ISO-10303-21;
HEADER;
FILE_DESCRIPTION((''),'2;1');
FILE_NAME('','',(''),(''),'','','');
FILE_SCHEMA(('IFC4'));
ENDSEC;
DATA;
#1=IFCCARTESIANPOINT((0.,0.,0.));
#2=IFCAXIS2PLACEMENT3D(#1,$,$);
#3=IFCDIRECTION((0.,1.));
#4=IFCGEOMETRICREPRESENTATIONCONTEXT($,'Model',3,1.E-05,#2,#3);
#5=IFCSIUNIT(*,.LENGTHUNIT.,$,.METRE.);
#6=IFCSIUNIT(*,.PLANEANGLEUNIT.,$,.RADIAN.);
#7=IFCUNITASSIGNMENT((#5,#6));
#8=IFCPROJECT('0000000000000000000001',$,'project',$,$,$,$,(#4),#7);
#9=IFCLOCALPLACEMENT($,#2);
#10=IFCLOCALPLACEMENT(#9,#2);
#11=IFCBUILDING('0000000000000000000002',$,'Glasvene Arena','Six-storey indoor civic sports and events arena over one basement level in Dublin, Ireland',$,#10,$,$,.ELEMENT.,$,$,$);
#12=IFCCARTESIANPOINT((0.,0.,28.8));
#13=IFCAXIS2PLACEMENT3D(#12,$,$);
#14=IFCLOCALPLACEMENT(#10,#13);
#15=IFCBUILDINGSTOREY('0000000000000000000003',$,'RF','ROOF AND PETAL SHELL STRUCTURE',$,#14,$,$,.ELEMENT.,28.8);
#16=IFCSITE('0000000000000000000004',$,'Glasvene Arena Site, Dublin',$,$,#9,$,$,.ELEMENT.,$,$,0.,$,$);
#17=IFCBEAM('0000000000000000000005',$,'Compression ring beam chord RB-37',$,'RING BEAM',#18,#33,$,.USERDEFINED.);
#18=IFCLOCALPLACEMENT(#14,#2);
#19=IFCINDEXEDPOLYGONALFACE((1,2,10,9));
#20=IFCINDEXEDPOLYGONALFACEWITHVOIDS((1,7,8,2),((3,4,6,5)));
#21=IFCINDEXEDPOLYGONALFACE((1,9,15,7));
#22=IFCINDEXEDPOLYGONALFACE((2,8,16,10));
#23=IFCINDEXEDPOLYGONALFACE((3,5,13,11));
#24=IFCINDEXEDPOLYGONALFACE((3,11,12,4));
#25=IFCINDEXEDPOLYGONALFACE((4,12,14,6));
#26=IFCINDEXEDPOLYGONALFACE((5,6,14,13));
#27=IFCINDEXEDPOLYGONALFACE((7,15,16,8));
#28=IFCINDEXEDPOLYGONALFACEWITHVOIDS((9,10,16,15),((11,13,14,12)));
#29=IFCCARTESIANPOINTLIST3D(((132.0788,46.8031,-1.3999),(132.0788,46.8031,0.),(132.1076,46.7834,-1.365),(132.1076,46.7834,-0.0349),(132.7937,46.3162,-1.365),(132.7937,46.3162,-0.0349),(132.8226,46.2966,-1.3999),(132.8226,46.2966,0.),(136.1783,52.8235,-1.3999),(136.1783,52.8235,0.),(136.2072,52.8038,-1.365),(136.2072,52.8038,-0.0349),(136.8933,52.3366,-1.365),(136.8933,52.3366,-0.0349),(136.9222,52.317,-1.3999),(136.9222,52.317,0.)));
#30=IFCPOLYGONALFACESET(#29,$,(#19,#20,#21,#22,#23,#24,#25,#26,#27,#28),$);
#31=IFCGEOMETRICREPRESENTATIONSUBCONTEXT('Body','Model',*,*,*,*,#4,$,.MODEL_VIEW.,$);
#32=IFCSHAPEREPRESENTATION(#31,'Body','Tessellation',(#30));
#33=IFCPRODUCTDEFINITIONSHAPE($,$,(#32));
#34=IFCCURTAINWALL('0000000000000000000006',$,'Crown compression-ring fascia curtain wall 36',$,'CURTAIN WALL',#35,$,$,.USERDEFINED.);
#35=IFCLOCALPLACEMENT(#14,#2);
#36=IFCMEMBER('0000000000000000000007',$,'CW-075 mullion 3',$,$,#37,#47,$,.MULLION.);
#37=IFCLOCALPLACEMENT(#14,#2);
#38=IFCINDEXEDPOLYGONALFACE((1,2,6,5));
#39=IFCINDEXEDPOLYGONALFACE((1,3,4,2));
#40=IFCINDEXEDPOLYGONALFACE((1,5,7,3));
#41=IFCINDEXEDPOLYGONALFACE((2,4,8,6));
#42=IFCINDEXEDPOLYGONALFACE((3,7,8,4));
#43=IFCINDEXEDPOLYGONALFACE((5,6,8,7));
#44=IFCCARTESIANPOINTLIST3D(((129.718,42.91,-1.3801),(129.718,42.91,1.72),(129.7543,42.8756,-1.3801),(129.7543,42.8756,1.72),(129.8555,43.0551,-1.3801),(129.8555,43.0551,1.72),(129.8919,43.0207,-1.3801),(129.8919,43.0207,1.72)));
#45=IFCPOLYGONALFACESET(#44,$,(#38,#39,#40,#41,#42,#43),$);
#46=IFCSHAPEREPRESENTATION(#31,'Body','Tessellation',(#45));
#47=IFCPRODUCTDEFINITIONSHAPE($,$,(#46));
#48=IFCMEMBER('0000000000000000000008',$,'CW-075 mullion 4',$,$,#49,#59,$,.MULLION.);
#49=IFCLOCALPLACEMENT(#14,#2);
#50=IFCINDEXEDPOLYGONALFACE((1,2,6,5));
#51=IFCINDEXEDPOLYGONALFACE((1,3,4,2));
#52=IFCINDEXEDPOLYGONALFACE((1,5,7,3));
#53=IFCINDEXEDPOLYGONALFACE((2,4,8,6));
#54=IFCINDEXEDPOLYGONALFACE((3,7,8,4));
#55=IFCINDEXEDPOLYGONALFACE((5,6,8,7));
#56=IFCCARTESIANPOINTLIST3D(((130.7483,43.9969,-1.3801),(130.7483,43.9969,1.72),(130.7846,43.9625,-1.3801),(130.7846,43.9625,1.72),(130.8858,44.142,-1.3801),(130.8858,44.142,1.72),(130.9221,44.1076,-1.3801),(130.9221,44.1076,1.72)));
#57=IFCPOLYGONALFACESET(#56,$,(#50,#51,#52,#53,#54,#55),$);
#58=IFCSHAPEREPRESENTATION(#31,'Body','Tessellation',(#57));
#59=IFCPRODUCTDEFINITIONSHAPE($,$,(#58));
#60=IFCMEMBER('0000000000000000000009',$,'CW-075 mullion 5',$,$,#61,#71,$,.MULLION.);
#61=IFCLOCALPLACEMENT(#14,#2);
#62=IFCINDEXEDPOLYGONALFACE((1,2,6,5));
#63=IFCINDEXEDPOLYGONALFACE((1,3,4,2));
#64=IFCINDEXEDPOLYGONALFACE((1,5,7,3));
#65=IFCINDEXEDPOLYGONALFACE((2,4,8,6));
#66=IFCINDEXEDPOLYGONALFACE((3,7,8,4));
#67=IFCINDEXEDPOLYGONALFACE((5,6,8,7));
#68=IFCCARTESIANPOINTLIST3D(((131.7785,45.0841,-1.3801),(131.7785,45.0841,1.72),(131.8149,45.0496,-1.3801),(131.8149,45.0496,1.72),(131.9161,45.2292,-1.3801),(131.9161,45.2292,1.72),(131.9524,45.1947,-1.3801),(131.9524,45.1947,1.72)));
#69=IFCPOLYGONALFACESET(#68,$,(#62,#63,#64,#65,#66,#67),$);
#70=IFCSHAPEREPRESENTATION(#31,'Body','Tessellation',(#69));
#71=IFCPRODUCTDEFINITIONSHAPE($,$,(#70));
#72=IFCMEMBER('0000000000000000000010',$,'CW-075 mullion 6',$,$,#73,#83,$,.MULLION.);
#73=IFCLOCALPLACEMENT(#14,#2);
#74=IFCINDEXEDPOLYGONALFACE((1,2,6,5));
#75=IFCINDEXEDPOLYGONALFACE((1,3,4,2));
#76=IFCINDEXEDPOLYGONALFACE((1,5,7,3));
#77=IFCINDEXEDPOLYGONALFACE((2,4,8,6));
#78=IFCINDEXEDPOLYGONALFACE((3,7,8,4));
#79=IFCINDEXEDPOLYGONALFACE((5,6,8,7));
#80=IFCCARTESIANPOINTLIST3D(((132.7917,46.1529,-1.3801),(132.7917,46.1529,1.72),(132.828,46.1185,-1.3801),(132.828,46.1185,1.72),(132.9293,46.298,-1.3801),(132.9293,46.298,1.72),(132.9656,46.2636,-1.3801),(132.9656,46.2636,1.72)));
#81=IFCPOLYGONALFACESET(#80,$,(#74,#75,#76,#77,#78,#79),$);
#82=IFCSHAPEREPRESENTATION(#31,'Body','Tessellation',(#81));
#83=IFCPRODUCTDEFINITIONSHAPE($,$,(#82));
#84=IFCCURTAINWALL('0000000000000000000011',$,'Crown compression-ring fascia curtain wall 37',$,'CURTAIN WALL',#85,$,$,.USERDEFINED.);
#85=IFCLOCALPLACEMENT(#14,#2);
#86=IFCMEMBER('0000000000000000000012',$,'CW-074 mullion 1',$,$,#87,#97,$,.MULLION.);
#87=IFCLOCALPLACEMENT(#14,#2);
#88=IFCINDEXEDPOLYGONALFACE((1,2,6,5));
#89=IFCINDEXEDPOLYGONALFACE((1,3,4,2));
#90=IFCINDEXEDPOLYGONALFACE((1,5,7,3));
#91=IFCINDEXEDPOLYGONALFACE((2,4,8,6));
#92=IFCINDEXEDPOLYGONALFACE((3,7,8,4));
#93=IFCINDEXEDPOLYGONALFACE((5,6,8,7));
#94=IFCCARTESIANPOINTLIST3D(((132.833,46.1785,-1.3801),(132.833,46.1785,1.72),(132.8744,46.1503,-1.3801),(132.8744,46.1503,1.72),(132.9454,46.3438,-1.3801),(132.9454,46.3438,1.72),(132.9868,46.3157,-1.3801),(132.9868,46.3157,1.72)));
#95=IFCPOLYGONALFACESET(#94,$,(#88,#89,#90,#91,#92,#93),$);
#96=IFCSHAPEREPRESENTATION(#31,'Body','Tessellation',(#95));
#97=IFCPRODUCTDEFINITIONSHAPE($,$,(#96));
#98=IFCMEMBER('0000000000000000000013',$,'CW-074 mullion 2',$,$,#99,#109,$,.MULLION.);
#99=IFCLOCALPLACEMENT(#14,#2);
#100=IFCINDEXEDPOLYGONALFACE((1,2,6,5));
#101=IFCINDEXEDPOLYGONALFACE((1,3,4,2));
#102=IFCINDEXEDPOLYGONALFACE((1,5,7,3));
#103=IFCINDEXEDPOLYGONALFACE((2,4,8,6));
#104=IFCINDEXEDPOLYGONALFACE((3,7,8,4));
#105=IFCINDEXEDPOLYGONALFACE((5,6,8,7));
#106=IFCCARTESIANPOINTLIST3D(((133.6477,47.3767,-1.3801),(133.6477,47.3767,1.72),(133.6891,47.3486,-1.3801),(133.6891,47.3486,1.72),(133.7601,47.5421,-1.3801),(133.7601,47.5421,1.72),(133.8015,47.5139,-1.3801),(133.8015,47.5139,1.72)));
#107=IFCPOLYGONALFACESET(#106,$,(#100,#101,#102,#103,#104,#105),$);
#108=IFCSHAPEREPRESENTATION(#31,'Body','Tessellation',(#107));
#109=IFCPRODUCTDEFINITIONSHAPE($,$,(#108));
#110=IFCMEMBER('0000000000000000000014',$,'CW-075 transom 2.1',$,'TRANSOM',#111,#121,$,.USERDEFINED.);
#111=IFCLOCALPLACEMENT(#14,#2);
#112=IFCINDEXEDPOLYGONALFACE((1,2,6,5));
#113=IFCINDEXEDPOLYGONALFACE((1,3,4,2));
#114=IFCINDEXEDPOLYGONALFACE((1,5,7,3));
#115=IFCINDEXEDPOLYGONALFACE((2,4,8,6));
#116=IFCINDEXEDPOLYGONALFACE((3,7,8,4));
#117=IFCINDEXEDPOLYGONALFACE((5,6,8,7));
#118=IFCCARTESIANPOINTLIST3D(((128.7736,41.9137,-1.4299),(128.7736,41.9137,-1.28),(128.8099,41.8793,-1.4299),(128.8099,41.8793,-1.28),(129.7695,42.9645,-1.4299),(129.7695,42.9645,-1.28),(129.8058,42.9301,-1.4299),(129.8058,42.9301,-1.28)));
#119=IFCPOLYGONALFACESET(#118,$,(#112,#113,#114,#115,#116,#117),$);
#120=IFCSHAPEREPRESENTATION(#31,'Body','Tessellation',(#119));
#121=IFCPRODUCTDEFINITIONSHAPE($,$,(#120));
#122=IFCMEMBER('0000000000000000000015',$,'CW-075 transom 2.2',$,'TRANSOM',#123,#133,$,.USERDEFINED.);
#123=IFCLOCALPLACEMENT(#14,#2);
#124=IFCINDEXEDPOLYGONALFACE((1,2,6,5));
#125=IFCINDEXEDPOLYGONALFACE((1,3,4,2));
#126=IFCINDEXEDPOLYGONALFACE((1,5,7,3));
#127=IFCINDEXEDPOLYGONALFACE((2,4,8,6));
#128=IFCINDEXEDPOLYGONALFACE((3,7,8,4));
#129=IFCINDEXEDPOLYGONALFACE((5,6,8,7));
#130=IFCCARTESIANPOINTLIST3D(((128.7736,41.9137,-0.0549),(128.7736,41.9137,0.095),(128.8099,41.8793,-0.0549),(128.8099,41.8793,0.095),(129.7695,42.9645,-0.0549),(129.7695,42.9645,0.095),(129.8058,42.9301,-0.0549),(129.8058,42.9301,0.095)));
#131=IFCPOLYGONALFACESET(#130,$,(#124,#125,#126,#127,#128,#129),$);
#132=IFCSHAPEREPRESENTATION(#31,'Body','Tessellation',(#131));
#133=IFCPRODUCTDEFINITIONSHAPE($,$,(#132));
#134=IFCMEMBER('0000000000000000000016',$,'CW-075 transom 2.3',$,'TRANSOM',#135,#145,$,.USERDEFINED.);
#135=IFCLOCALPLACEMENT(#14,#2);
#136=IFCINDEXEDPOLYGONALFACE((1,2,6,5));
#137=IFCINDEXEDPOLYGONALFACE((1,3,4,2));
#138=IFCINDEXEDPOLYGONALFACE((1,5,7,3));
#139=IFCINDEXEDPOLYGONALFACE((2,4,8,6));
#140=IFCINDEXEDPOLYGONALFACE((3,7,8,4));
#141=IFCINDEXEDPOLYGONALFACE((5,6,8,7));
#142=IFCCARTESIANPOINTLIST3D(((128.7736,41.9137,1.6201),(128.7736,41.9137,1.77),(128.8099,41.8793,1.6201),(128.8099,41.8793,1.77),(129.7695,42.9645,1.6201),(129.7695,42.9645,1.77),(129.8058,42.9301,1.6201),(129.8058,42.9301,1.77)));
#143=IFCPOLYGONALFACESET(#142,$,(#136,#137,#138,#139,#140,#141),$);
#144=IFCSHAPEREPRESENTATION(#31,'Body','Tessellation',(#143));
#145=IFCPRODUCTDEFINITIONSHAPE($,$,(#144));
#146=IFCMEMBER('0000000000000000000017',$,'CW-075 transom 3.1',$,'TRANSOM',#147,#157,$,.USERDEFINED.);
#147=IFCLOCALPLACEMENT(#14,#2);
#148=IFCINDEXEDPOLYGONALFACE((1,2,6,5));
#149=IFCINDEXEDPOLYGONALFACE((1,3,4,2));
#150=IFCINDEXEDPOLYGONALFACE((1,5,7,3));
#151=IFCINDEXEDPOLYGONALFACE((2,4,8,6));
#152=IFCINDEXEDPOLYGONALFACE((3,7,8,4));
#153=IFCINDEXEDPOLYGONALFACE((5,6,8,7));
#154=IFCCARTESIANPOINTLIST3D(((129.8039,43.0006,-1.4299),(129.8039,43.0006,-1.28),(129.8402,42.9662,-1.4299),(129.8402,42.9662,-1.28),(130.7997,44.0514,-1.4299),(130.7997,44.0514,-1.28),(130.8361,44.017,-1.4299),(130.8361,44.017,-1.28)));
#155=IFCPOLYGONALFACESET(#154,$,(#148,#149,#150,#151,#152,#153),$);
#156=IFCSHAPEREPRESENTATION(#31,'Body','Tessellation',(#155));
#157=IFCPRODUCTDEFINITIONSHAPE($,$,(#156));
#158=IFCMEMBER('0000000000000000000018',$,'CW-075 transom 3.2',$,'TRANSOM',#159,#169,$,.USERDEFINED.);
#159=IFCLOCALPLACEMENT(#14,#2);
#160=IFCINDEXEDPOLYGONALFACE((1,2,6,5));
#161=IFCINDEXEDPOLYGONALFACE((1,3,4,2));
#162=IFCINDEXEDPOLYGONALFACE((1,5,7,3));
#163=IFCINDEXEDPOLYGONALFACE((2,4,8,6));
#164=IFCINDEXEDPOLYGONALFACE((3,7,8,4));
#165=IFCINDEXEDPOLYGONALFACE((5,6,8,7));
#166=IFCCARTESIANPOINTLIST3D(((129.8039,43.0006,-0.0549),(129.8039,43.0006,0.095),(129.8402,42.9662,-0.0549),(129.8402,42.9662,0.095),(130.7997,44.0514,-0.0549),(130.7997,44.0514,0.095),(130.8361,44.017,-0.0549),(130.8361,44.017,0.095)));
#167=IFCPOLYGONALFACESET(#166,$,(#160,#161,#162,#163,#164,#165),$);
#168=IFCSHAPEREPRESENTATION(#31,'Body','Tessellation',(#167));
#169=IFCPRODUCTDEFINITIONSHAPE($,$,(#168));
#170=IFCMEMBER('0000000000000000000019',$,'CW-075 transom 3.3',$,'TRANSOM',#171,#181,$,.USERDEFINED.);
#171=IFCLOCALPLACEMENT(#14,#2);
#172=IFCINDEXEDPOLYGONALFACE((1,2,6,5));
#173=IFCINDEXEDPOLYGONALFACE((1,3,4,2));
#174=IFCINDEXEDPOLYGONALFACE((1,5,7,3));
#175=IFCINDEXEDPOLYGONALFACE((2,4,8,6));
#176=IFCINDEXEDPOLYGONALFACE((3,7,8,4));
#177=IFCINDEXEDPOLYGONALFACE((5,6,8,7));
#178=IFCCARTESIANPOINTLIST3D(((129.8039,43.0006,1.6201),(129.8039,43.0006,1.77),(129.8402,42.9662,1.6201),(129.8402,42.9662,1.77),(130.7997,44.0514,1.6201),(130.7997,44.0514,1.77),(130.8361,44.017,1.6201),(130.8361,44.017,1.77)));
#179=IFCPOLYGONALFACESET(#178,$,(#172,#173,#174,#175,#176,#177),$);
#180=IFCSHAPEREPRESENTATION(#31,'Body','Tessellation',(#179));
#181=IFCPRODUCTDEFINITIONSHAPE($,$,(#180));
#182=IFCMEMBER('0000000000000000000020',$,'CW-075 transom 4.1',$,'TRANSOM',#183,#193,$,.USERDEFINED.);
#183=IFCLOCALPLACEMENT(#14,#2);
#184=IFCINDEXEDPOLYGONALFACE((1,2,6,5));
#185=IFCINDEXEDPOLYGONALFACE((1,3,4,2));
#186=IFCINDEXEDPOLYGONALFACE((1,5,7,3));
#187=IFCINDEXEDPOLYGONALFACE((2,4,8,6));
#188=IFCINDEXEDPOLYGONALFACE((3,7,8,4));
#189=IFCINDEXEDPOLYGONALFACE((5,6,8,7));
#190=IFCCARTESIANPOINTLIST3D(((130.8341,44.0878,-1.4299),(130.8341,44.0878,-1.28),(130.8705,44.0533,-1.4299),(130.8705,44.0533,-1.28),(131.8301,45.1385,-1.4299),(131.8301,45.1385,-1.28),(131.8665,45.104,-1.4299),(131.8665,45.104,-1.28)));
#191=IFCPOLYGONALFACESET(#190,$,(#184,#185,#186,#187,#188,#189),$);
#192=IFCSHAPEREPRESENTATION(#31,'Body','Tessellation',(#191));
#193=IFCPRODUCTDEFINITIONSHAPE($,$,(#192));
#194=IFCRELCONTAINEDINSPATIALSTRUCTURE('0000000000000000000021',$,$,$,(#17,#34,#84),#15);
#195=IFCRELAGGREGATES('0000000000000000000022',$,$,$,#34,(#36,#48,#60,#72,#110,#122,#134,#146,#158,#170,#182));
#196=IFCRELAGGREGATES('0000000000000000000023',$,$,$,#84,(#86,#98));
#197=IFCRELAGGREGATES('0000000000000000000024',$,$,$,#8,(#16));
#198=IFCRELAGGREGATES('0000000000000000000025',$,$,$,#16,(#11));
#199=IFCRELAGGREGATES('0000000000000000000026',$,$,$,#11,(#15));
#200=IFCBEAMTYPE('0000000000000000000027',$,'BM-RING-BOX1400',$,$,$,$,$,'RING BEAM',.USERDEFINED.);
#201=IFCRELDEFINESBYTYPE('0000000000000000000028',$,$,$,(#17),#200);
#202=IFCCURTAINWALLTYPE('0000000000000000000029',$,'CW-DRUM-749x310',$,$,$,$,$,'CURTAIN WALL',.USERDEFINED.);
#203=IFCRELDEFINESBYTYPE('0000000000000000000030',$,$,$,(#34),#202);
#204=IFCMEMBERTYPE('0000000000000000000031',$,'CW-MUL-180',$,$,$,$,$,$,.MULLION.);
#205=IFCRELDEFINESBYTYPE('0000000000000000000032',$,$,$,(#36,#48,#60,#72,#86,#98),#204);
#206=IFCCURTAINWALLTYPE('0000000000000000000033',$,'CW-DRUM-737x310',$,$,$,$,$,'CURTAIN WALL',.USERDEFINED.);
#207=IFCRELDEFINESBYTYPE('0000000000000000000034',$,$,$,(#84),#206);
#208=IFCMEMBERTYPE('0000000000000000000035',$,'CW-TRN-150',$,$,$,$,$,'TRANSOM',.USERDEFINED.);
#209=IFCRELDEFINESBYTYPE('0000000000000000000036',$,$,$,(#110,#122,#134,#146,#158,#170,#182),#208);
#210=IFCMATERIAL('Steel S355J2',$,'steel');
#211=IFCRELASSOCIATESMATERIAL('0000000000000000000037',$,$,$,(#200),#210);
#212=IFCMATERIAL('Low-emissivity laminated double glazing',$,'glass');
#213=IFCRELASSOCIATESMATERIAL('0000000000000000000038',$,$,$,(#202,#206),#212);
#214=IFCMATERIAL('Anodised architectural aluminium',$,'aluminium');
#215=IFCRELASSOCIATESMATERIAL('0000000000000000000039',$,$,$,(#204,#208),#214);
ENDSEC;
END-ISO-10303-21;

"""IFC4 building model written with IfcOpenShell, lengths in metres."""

from ifc_helpers import new_model, si_unit, direction, frame, origin, origin_2d, place, context, subcontext, project, spatial, rectangle, hollow_rectangle, extrude, material, material_profile, profile_set, type_object, element, aggregate, save


model = new_model("IFC4")

# Units and contexts
model_context = context("Model", 3, precision=1e-05, world=origin(), true_north=direction((0.0, 1.0)))
body_context = subcontext(model_context, "Body", "Model", "MODEL_VIEW")
ifc_project = project(units=[si_unit("LENGTHUNIT", "METRE"), si_unit("PLANEANGLEUNIT", "RADIAN")], contexts=[model_context])

# Site, building, storey
site_placement = place(None, origin())
site = spatial("IfcSite", under=ifc_project, at=site_placement, Name="Glasvene Arena Site, Dublin", CompositionType="ELEMENT", RefElevation=0.0)
building_placement = place(site_placement, origin())
building = spatial("IfcBuilding", under=site, at=building_placement, Name="Glasvene Arena", Description="Six-storey indoor civic sports and events arena over one basement level in Dublin, Ireland", CompositionType="ELEMENT")
storey_placement = place(building_placement, frame((0.0, 0.0, 28.8)))
storey = spatial("IfcBuildingStorey", under=building, at=storey_placement, Name="RF", Description="ROOF AND PETAL SHELL STRUCTURE", CompositionType="ELEMENT", Elevation=28.8)

# Beam
ifc_material_1 = material(Name="Steel S355J2", Category="steel")
ifc_material_profile_1 = material_profile(ifc_material_1, hollow_rectangle(XDim=0.8999, YDim=1.3999, WallThickness=0.0349, at=origin_2d()), Name="WBOX 900x1400x35")
ifc_profile_set_1 = profile_set([ifc_material_profile_1], Name="Steel S355J2")
beam_type = type_object("IfcBeamType", Name="BM-RING-BOX1400", ElementType="RING BEAM", PredefinedType="USERDEFINED", material=ifc_profile_set_1)
beam_placement = place(storey_placement, frame((132.4507, 46.5498, -0.7), z_axis=(0.562842, 0.826565, 0.0), x_axis=(-0.826565, 0.562842, 0.0)))
element("IfcBeam", 1, at=beam_placement, inside=storey, type_object=beam_type, Name="Compression ring beam chord RB-37", ObjectType="RING BEAM", PredefinedType="USERDEFINED", context=body_context, shape_type="SweptSolid", body=[
    extrude(hollow_rectangle(XDim=0.8999, YDim=1.3999, WallThickness=0.0349, at=origin_2d()), origin(), (0.0, 0.0, 1.0), 7.2837),
])

# Curtain walls, members
ifc_material_2 = material(Name="Low-emissivity laminated double glazing", Category="glass")
curtain_wall_type_1 = type_object("IfcCurtainWallType", Name="CW-DRUM-749x310", ElementType="CURTAIN WALL", PredefinedType="USERDEFINED", material=ifc_material_2)
curtain_wall_1_placement = place(storey_placement, frame((127.7441, 40.7913, 0.0)))
curtain_wall_1 = element("IfcCurtainWall", 2, at=curtain_wall_1_placement, inside=storey, type_object=curtain_wall_type_1, Name="Crown compression-ring fascia curtain wall 36", ObjectType="CURTAIN WALL", PredefinedType="USERDEFINED")
ifc_material_3 = material(Name="Anodised architectural aluminium", Category="aluminium")
ifc_material_profile_2 = material_profile(ifc_material_3, rectangle(XDim=0.05, YDim=0.2, at=origin_2d()), Name="ALU MULLION 50x200")
ifc_profile_set_2 = profile_set([ifc_material_profile_2], Name="Anodised architectural aluminium")
member_type_1 = type_object("IfcMemberType", Name="CW-MUL-180", PredefinedType="MULLION", material=ifc_profile_set_2)
member_1_placement = place(storey_placement, frame((129.8049, 42.9653, -1.3801), z_axis=(0.0, 0.0, 1.0), x_axis=(-0.725782, 0.687925, 0.0)))
member_1 = element("IfcMember", 3, at=member_1_placement, type_object=member_type_1, Name="CW-075 mullion 3", PredefinedType="MULLION", context=body_context, shape_type="SweptSolid", body=[
    extrude(rectangle(XDim=0.05, YDim=0.2, at=origin_2d()), origin(), (0.0, 0.0, 1.0), 3.1001),
])
member_2_placement = place(storey_placement, frame((130.8352, 44.0522, -1.3801), z_axis=(0.0, 0.0, 1.0), x_axis=(-0.725782, 0.687925, 0.0)))
member_2 = element("IfcMember", 4, at=member_2_placement, type_object=member_type_1, Name="CW-075 mullion 4", PredefinedType="MULLION", context=body_context, shape_type="SweptSolid", body=[
    extrude(rectangle(XDim=0.05, YDim=0.2, at=origin_2d()), origin(), (0.0, 0.0, 1.0), 3.1001),
])
member_3_placement = place(storey_placement, frame((131.8655, 45.1394, -1.3801), z_axis=(0.0, 0.0, 1.0), x_axis=(-0.725782, 0.687925, 0.0)))
member_3 = element("IfcMember", 5, at=member_3_placement, type_object=member_type_1, Name="CW-075 mullion 5", PredefinedType="MULLION", context=body_context, shape_type="SweptSolid", body=[
    extrude(rectangle(XDim=0.05, YDim=0.2, at=origin_2d()), origin(), (0.0, 0.0, 1.0), 3.1001),
])
member_4_placement = place(storey_placement, frame((132.8787, 46.2083, -1.3801), z_axis=(0.0, 0.0, 1.0), x_axis=(-0.725782, 0.687925, 0.0)))
member_4 = element("IfcMember", 6, at=member_4_placement, type_object=member_type_1, Name="CW-075 mullion 6", PredefinedType="MULLION", context=body_context, shape_type="SweptSolid", body=[
    extrude(rectangle(XDim=0.05, YDim=0.2, at=origin_2d()), origin(), (0.0, 0.0, 1.0), 3.1001),
])
curtain_wall_type_2 = type_object("IfcCurtainWallType", Name="CW-DRUM-737x310", ElementType="CURTAIN WALL", PredefinedType="USERDEFINED", material=ifc_material_2)
curtain_wall_2_placement = place(storey_placement, frame((132.8958, 46.2263, 0.0)))
curtain_wall_2 = element("IfcCurtainWall", 7, at=curtain_wall_2_placement, inside=storey, type_object=curtain_wall_type_2, Name="Crown compression-ring fascia curtain wall 37", ObjectType="CURTAIN WALL", PredefinedType="USERDEFINED")
member_5_placement = place(storey_placement, frame((132.9099, 46.2471, -1.3801), z_axis=(0.0, 0.0, 1.0), x_axis=(-0.826896, 0.562354, 0.0)))
member_5 = element("IfcMember", 8, at=member_5_placement, type_object=member_type_1, Name="CW-074 mullion 1", PredefinedType="MULLION", context=body_context, shape_type="SweptSolid", body=[
    extrude(rectangle(XDim=0.05, YDim=0.2, at=origin_2d()), origin(), (0.0, 0.0, 1.0), 3.1001),
])
member_6_placement = place(storey_placement, frame((133.7246, 47.4453, -1.3801), z_axis=(0.0, 0.0, 1.0), x_axis=(-0.826896, 0.562354, 0.0)))
member_6 = element("IfcMember", 9, at=member_6_placement, type_object=member_type_1, Name="CW-074 mullion 2", PredefinedType="MULLION", context=body_context, shape_type="SweptSolid", body=[
    extrude(rectangle(XDim=0.05, YDim=0.2, at=origin_2d()), origin(), (0.0, 0.0, 1.0), 3.1001),
])

# Members
ifc_material_profile_3 = material_profile(ifc_material_3, rectangle(XDim=0.05, YDim=0.1499, at=origin_2d()), Name="ALU TRANSOM 50x150")
ifc_profile_set_3 = profile_set([ifc_material_profile_3], Name="Anodised architectural aluminium")
member_type_2 = type_object("IfcMemberType", Name="CW-TRN-150", ElementType="TRANSOM", PredefinedType="USERDEFINED", material=ifc_profile_set_3)
member_7_placement = place(storey_placement, frame((128.7917, 41.8965, -1.355), z_axis=(0.68788, 0.725824, 0.0), x_axis=(-0.725824, 0.68788, 0.0)))
member_7 = element("IfcMember", 10, at=member_7_placement, type_object=member_type_2, Name="CW-075 transom 2.1", ObjectType="TRANSOM", PredefinedType="USERDEFINED", context=body_context, shape_type="SweptSolid", body=[
    extrude(rectangle(XDim=0.05, YDim=0.1499, at=origin_2d()), origin(), (0.0, 0.0, 1.0), 1.4478),
])
member_8_placement = place(storey_placement, frame((128.7917, 41.8965, 0.02), z_axis=(0.68788, 0.725824, 0.0), x_axis=(-0.725824, 0.68788, 0.0)))
member_8 = element("IfcMember", 11, at=member_8_placement, type_object=member_type_2, Name="CW-075 transom 2.2", ObjectType="TRANSOM", PredefinedType="USERDEFINED", context=body_context, shape_type="SweptSolid", body=[
    extrude(rectangle(XDim=0.05, YDim=0.1499, at=origin_2d()), origin(), (0.0, 0.0, 1.0), 1.4478),
])
member_9_placement = place(storey_placement, frame((128.7917, 41.8965, 1.6951), z_axis=(0.68788, 0.725824, 0.0), x_axis=(-0.725824, 0.68788, 0.0)))
member_9 = element("IfcMember", 12, at=member_9_placement, type_object=member_type_2, Name="CW-075 transom 2.3", ObjectType="TRANSOM", PredefinedType="USERDEFINED", context=body_context, shape_type="SweptSolid", body=[
    extrude(rectangle(XDim=0.05, YDim=0.1499, at=origin_2d()), origin(), (0.0, 0.0, 1.0), 1.4478),
])
member_10_placement = place(storey_placement, frame((129.822, 42.9834, -1.355), z_axis=(0.68788, 0.725824, 0.0), x_axis=(-0.725824, 0.68788, 0.0)))
member_10 = element("IfcMember", 13, at=member_10_placement, type_object=member_type_2, Name="CW-075 transom 3.1", ObjectType="TRANSOM", PredefinedType="USERDEFINED", context=body_context, shape_type="SweptSolid", body=[
    extrude(rectangle(XDim=0.05, YDim=0.1499, at=origin_2d()), origin(), (0.0, 0.0, 1.0), 1.4478),
])
member_11_placement = place(storey_placement, frame((129.822, 42.9834, 0.02), z_axis=(0.68788, 0.725824, 0.0), x_axis=(-0.725824, 0.68788, 0.0)))
member_11 = element("IfcMember", 14, at=member_11_placement, type_object=member_type_2, Name="CW-075 transom 3.2", ObjectType="TRANSOM", PredefinedType="USERDEFINED", context=body_context, shape_type="SweptSolid", body=[
    extrude(rectangle(XDim=0.05, YDim=0.1499, at=origin_2d()), origin(), (0.0, 0.0, 1.0), 1.4478),
])
member_12_placement = place(storey_placement, frame((129.822, 42.9834, 1.6951), z_axis=(0.68788, 0.725824, 0.0), x_axis=(-0.725824, 0.68788, 0.0)))
member_12 = element("IfcMember", 15, at=member_12_placement, type_object=member_type_2, Name="CW-075 transom 3.3", ObjectType="TRANSOM", PredefinedType="USERDEFINED", context=body_context, shape_type="SweptSolid", body=[
    extrude(rectangle(XDim=0.05, YDim=0.1499, at=origin_2d()), origin(), (0.0, 0.0, 1.0), 1.4478),
])
member_13_placement = place(storey_placement, frame((130.8523, 44.0706, -1.355), z_axis=(0.687969, 0.72574, 0.0), x_axis=(-0.72574, 0.687969, 0.0)))
member_13 = element("IfcMember", 16, at=member_13_placement, type_object=member_type_2, Name="CW-075 transom 4.1", ObjectType="TRANSOM", PredefinedType="USERDEFINED", context=body_context, shape_type="SweptSolid", body=[
    extrude(rectangle(XDim=0.05, YDim=0.1499, at=origin_2d()), origin(), (0.0, 0.0, 1.0), 1.4478),
])

aggregate(curtain_wall_1, [member_1, member_2, member_3, member_4, member_7, member_8, member_9, member_10, member_11, member_12, member_13])
aggregate(curtain_wall_2, [member_5, member_6])

save(model, "model.ifc")
